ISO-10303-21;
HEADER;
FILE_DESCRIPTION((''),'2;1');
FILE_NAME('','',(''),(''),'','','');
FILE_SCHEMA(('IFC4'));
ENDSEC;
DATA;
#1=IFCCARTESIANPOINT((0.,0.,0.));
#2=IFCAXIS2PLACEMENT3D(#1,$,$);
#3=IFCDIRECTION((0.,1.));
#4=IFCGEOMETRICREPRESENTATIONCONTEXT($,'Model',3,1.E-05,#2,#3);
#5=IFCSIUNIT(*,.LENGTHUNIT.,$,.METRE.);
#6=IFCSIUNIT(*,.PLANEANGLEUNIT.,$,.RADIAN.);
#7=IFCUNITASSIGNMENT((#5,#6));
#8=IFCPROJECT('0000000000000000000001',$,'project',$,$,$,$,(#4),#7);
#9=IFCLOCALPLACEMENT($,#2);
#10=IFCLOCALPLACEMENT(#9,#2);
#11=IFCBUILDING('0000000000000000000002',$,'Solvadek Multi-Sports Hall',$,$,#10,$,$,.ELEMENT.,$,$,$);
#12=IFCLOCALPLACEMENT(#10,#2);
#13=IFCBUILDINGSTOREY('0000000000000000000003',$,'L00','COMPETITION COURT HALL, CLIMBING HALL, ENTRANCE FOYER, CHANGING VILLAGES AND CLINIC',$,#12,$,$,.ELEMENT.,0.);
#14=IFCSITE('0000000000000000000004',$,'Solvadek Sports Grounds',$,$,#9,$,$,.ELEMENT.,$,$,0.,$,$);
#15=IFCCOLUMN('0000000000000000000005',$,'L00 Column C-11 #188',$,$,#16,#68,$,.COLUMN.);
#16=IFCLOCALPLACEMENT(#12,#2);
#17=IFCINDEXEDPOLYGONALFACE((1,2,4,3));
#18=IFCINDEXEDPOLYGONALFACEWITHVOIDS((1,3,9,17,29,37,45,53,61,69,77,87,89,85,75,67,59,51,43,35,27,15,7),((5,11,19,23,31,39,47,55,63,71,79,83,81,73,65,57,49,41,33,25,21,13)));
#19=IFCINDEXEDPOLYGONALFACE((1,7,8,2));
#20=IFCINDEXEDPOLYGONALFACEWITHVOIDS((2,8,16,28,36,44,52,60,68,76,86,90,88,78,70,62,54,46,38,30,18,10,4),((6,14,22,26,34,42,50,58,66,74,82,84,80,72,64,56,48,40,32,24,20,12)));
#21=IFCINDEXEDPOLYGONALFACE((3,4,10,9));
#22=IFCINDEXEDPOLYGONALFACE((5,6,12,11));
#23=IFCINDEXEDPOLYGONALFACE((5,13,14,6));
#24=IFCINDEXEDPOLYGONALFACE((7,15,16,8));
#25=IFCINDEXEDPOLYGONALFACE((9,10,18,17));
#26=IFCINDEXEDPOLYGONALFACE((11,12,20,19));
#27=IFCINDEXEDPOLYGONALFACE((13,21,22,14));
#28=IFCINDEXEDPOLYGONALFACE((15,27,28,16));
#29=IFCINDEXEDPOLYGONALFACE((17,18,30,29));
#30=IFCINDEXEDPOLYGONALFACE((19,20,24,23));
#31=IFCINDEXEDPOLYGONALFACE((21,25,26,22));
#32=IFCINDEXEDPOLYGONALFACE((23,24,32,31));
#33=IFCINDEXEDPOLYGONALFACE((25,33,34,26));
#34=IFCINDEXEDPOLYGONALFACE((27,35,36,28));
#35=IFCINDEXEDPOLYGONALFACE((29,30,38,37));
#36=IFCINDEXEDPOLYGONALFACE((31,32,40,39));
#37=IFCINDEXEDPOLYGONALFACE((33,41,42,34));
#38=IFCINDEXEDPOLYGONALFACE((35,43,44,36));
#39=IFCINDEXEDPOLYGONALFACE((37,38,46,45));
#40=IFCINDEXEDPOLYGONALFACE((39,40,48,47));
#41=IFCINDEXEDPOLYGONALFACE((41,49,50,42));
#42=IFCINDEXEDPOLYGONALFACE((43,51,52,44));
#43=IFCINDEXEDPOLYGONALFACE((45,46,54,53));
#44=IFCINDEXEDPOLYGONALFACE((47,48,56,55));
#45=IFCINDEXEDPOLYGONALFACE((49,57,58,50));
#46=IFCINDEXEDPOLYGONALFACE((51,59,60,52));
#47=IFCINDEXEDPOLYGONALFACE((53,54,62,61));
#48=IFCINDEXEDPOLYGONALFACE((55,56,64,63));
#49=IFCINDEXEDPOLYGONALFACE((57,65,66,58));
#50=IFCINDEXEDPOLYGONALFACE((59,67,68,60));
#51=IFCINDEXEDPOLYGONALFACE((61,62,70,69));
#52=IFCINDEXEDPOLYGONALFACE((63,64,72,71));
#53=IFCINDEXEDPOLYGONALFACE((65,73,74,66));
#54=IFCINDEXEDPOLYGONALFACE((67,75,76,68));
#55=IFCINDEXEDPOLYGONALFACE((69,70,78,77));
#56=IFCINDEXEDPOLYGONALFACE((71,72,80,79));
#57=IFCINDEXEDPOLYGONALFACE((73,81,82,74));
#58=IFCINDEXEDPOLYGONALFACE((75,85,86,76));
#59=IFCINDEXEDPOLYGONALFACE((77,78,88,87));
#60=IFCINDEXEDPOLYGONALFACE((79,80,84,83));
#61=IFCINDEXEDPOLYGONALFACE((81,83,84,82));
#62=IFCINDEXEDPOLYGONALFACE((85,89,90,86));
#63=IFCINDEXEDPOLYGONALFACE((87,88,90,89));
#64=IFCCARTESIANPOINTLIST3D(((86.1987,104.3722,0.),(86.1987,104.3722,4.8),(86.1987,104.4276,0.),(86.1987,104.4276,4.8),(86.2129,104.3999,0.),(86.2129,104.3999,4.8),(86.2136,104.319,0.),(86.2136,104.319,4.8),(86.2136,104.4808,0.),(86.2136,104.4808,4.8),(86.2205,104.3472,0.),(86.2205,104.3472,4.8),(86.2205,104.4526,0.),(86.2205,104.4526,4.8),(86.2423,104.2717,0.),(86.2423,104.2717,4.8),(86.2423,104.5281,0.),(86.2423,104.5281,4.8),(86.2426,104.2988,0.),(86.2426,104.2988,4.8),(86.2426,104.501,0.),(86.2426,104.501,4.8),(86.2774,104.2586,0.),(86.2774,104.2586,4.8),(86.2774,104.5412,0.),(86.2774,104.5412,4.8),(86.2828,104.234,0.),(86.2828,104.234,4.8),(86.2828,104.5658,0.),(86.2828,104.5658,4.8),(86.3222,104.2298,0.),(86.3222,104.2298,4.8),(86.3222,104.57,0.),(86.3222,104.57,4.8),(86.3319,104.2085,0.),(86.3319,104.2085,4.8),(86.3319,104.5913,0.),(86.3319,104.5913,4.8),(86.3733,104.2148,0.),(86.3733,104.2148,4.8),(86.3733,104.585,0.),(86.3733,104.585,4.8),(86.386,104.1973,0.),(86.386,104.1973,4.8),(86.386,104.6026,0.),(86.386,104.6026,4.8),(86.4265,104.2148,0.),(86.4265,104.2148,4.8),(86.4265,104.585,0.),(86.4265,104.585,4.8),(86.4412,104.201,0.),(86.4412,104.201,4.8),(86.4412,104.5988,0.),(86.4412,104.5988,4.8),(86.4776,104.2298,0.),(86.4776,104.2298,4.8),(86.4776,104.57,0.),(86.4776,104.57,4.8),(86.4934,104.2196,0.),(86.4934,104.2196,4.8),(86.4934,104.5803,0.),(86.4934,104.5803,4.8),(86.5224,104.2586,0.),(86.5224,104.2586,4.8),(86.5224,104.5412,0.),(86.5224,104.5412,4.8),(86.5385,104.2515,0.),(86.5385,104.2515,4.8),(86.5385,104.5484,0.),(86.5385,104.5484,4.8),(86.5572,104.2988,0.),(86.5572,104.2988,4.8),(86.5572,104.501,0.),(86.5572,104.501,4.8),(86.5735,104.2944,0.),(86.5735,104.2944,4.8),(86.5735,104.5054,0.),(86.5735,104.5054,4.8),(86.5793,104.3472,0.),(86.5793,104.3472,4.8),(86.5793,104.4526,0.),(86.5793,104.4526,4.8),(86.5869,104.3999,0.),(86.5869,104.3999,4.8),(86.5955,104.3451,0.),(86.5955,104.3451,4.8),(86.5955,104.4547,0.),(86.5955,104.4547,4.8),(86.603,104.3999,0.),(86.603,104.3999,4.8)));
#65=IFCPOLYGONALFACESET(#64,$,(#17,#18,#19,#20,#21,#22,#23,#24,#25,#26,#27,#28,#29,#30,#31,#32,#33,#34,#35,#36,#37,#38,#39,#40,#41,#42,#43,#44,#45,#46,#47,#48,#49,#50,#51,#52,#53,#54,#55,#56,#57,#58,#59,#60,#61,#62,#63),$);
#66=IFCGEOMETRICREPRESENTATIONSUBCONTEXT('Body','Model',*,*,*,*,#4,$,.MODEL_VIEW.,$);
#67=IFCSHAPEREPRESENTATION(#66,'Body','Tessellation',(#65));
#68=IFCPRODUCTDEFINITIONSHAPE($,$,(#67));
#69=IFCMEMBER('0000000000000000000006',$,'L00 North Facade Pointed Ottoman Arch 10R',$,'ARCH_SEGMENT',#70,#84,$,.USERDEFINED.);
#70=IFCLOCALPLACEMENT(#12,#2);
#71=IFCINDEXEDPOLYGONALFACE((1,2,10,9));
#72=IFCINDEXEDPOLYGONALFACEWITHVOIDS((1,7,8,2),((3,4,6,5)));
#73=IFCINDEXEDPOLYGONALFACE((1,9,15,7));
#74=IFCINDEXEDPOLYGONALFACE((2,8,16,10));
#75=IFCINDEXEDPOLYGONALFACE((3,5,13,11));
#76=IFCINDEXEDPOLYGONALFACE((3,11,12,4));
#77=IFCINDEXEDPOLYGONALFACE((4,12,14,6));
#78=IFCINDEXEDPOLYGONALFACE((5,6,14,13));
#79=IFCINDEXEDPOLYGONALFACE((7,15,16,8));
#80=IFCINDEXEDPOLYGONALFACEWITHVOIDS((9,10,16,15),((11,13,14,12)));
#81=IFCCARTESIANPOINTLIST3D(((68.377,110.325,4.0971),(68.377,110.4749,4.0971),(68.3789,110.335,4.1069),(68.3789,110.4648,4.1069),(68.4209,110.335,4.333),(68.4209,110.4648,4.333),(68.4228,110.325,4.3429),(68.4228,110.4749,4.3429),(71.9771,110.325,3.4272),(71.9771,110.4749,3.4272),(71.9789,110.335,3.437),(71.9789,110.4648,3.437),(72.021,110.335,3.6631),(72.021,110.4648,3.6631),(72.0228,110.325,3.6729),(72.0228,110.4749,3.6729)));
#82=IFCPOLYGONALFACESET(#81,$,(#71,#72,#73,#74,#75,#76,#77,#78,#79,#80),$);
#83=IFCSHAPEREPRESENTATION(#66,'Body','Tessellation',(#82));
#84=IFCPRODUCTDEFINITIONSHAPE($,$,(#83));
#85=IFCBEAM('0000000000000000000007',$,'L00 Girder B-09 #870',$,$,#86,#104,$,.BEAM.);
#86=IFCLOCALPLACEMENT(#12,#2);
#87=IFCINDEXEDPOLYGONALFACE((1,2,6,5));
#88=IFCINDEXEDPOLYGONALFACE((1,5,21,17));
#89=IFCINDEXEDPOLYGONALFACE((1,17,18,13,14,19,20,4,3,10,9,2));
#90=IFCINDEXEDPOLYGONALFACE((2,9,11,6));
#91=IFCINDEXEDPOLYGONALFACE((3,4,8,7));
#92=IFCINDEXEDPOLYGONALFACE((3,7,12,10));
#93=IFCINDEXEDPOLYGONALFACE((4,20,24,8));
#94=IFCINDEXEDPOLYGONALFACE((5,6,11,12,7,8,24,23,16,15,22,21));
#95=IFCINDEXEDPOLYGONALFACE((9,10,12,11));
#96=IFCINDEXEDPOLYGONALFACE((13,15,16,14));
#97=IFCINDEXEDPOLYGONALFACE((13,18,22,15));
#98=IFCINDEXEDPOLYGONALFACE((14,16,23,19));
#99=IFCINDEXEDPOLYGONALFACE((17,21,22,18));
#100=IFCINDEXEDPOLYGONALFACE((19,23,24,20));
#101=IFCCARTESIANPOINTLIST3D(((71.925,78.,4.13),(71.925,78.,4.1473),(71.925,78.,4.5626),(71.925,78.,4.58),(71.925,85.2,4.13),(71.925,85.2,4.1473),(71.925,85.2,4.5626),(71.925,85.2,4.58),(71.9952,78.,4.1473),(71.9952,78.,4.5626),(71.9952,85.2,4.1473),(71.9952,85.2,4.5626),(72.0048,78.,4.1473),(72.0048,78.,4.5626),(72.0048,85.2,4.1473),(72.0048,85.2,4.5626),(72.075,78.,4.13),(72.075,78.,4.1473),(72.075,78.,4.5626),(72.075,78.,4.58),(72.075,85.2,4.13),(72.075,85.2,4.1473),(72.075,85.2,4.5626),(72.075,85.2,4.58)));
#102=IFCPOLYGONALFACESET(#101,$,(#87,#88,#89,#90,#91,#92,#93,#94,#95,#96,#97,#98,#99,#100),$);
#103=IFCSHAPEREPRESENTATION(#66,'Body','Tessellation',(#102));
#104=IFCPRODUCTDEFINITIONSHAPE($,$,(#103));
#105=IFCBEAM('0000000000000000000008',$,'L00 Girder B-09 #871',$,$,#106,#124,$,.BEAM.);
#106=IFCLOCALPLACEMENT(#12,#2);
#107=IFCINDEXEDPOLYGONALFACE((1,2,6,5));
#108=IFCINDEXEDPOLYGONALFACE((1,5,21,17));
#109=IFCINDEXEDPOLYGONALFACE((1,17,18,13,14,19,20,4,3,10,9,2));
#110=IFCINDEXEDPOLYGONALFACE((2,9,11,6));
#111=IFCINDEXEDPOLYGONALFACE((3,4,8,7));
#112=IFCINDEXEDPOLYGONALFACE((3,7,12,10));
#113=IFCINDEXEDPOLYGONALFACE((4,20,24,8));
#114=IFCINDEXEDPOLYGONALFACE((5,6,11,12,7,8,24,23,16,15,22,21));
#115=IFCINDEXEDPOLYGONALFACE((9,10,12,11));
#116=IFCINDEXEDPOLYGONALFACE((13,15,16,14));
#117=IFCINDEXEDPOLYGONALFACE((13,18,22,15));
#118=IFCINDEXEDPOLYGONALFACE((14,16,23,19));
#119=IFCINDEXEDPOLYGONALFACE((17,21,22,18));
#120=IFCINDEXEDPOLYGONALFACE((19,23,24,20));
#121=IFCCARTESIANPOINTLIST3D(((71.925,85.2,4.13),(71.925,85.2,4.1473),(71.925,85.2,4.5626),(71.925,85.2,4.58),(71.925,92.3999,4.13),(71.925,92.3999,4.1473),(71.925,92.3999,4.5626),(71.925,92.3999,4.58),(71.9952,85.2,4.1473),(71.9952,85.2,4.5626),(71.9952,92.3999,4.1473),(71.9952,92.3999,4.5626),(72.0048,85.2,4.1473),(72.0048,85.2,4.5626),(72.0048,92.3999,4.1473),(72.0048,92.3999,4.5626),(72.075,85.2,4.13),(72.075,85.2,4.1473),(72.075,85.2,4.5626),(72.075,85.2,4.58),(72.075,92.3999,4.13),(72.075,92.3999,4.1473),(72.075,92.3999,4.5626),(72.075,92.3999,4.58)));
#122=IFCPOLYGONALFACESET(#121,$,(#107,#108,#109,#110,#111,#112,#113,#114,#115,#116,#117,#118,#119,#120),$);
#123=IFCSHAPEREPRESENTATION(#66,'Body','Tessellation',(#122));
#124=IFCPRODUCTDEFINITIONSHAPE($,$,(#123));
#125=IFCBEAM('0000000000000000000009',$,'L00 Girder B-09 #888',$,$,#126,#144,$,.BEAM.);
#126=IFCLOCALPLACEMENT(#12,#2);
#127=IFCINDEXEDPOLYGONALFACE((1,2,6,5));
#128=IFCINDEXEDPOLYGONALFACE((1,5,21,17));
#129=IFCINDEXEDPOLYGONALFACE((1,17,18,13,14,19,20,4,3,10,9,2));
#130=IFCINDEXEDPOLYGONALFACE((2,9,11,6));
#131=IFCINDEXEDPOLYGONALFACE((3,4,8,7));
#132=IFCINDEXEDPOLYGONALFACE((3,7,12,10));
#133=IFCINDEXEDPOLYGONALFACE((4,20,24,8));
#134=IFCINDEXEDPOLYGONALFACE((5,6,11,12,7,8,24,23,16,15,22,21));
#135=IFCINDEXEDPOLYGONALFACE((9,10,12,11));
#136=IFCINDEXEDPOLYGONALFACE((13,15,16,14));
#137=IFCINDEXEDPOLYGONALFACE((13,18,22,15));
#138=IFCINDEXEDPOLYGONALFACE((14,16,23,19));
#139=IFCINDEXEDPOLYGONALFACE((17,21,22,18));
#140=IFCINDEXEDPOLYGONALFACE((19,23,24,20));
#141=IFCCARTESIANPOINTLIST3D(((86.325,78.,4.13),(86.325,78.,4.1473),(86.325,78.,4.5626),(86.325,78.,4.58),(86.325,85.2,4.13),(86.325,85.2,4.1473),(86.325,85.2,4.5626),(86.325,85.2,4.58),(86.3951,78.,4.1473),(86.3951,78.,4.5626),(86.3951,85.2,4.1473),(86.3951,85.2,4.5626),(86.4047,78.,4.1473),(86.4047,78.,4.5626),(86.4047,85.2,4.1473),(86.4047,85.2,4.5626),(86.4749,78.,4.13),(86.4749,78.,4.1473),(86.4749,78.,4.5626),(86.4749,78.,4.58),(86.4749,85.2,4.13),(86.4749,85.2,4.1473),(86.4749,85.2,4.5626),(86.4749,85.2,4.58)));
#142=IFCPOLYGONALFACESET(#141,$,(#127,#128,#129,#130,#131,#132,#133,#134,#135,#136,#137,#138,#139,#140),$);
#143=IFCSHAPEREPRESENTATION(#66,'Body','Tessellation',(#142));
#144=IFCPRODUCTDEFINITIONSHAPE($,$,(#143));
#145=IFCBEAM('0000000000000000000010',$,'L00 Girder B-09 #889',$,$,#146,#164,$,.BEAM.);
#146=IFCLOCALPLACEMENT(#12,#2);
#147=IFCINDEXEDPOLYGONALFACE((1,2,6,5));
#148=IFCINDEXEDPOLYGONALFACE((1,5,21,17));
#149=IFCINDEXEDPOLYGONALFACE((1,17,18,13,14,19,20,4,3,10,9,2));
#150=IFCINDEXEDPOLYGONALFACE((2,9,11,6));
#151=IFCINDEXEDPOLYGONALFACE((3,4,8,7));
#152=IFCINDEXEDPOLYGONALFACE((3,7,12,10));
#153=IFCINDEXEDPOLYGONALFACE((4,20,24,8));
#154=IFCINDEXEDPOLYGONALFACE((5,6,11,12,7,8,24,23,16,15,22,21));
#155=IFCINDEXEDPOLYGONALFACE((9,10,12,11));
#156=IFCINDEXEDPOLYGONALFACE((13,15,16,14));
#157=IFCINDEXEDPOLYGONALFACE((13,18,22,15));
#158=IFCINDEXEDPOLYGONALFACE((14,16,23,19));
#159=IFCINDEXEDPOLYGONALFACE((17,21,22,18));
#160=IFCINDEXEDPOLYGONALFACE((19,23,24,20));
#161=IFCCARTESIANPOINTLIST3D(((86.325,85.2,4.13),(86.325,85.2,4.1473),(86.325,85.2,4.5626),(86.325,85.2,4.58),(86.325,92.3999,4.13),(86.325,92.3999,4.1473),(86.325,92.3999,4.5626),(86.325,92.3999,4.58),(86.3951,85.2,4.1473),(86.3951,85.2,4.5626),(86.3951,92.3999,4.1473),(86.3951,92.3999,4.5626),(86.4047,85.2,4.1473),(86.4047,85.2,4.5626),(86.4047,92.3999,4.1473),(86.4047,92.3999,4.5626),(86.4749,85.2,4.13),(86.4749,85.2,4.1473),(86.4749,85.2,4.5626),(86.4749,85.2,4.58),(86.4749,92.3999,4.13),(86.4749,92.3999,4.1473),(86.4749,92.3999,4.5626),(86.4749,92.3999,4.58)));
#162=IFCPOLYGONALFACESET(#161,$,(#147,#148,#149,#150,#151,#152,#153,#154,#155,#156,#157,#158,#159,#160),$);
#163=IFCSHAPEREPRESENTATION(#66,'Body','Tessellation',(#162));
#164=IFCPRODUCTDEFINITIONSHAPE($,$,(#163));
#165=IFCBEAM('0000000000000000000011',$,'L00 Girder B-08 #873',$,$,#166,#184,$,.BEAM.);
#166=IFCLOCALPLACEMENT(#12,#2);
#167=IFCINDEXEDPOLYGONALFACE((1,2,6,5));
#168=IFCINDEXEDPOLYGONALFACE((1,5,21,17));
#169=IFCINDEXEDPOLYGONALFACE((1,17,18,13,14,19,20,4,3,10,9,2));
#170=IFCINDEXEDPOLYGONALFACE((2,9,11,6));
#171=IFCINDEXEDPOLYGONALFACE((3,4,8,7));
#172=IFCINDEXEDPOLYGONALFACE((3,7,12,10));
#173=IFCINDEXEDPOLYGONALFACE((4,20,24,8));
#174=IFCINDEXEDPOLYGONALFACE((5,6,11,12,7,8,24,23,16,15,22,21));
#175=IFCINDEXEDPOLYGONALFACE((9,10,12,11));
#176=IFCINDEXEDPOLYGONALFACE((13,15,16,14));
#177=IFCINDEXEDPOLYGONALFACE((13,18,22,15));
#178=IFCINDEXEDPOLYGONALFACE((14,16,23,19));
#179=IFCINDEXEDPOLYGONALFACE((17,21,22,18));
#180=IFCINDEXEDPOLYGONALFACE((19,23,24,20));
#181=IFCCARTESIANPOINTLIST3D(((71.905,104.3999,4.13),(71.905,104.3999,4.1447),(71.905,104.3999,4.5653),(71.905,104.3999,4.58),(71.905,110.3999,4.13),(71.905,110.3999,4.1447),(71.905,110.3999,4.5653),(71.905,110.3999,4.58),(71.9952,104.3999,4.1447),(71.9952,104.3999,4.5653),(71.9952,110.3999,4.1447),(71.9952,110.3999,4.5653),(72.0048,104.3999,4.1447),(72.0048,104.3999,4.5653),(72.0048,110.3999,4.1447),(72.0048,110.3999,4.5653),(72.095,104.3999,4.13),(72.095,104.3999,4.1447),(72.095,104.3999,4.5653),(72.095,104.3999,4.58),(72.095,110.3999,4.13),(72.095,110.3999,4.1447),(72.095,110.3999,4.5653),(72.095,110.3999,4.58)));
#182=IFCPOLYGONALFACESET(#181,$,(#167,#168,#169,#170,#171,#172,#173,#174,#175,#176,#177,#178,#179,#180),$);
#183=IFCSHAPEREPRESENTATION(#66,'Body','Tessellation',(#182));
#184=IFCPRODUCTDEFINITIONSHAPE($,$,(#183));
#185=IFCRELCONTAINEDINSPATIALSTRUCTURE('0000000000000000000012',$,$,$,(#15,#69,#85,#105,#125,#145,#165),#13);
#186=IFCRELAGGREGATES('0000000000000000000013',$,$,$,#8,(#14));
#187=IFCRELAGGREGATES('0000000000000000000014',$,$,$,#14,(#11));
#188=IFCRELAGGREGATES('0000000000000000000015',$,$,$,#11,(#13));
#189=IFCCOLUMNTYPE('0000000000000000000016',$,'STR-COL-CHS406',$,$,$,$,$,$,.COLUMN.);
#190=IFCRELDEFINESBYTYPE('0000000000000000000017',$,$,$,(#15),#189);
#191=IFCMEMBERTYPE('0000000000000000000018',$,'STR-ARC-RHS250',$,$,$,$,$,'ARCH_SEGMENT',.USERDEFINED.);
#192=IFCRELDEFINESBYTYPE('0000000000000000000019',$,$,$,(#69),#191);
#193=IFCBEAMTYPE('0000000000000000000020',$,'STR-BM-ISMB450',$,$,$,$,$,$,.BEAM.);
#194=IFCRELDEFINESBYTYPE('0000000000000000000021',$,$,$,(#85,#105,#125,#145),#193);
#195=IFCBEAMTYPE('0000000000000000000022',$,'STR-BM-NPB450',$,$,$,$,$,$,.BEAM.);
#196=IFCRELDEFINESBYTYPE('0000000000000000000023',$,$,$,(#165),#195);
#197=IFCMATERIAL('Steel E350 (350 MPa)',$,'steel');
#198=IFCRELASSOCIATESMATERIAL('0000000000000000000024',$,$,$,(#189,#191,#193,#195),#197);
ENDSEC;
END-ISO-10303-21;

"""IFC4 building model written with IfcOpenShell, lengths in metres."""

from ifc_helpers import new_model, si_unit, direction, frame, origin, origin_2d, place, context, subcontext, project, spatial, hollow_rectangle, hollow_circle, i_section, extrude, material, material_profile, profile_set, type_object, element, save


model = new_model("IFC4")

# Units and contexts
model_context = context("Model", 3, precision=1e-05, world=origin(), true_north=direction((0.0, 1.0)))
body_context = subcontext(model_context, "Body", "Model", "MODEL_VIEW")
ifc_project = project(units=[si_unit("LENGTHUNIT", "METRE"), si_unit("PLANEANGLEUNIT", "RADIAN")], contexts=[model_context])

# Site, building, storey
site_placement = place(None, origin())
site = spatial("IfcSite", under=ifc_project, at=site_placement, Name="Solvadek Sports Grounds", CompositionType="ELEMENT", RefElevation=0.0)
building_placement = place(site_placement, origin())
building = spatial("IfcBuilding", under=site, at=building_placement, Name="Solvadek Multi-Sports Hall", CompositionType="ELEMENT")
storey_placement = place(building_placement, origin())
storey = spatial("IfcBuildingStorey", under=building, at=storey_placement, Name="L00", Description="COMPETITION COURT HALL, CLIMBING HALL, ENTRANCE FOYER, CHANGING VILLAGES AND CLINIC", CompositionType="ELEMENT", Elevation=0.0)

# Column
ifc_material_1 = material(Name="Steel E350 (350 MPa)", Category="steel")
ifc_material_profile_1 = material_profile(ifc_material_1, hollow_circle(Radius=0.2031, WallThickness=0.0161, at=origin_2d()), Name="CHS 406.4x16")
ifc_profile_set_1 = profile_set([ifc_material_profile_1], Name="Steel E350 (350 MPa)")
column_type = type_object("IfcColumnType", Name="STR-COL-CHS406", PredefinedType="COLUMN", material=ifc_profile_set_1)
for number, where, z_axis, x_axis, name in (
    (1, (86.3999, 104.3999, 0.0), (0.0, 0.0, 1.0), (1.0, 0.0, 0.0), "L00 Column C-11 #188"),
):
    element("IfcColumn", number, at=place(storey_placement, frame(where, z_axis=z_axis, x_axis=x_axis)), inside=storey, type_object=column_type, Name=name, PredefinedType="COLUMN", context=body_context, shape_type="SweptSolid", body=[
        extrude(hollow_circle(Radius=0.2031, WallThickness=0.0161, at=origin_2d()), origin(), (0.0, 0.0, 1.0), 4.8),
    ])

# Member
ifc_material_profile_2 = material_profile(ifc_material_1, hollow_rectangle(XDim=0.1499, YDim=0.25, WallThickness=0.01, at=origin_2d()), Name="RHS 250x150x10")
ifc_profile_set_2 = profile_set([ifc_material_profile_2], Name="Steel E350 (350 MPa)")
member_type = type_object("IfcMemberType", Name="STR-ARC-RHS250", ElementType="ARCH_SEGMENT", PredefinedType="USERDEFINED", material=ifc_profile_set_2)
member_placement = place(storey_placement, frame((68.3999, 110.3999, 4.22), z_axis=(0.983123, 0.0, -0.182944), x_axis=(0.0, 1.0, 0.0)))
element("IfcMember", 2, at=member_placement, inside=storey, type_object=member_type, Name="L00 North Facade Pointed Ottoman Arch 10R", ObjectType="ARCH_SEGMENT", PredefinedType="USERDEFINED", context=body_context, shape_type="SweptSolid", body=[
    extrude(hollow_rectangle(XDim=0.1499, YDim=0.25, WallThickness=0.01, at=origin_2d()), origin(), (0.0, 0.0, 1.0), 3.6619),
])

# Beams
ifc_material_profile_3 = material_profile(ifc_material_1, i_section(OverallWidth=0.1499, OverallDepth=0.45, WebThickness=0.0095, FlangeThickness=0.0173, at=origin_2d()), Name="ISMB 450")
ifc_profile_set_3 = profile_set([ifc_material_profile_3], Name="Steel E350 (350 MPa)")
beam_type_1 = type_object("IfcBeamType", Name="STR-BM-ISMB450", PredefinedType="BEAM", material=ifc_profile_set_3)
for number, where, z_axis, x_axis, name in (
    (3, (72.0, 78.0, 4.355), (0.0, 1.0, 0.0), (-1.0, 0.0, 0.0), "L00 Girder B-09 #870"),
    (4, (72.0, 85.2, 4.355), (0.0, 1.0, 0.0), (-1.0, 0.0, 0.0), "L00 Girder B-09 #871"),
    (5, (86.3999, 78.0, 4.355), (0.0, 1.0, 0.0), (-1.0, 0.0, 0.0), "L00 Girder B-09 #888"),
    (6, (86.3999, 85.2, 4.355), (0.0, 1.0, 0.0), (-1.0, 0.0, 0.0), "L00 Girder B-09 #889"),
):
    element("IfcBeam", number, at=place(storey_placement, frame(where, z_axis=z_axis, x_axis=x_axis)), inside=storey, type_object=beam_type_1, Name=name, PredefinedType="BEAM", context=body_context, shape_type="SweptSolid", body=[
        extrude(i_section(OverallWidth=0.1499, OverallDepth=0.45, WebThickness=0.0095, FlangeThickness=0.0173, at=origin_2d()), origin(), (0.0, 0.0, 1.0), 7.2),
    ])
ifc_material_profile_4 = material_profile(ifc_material_1, i_section(OverallWidth=0.1899, OverallDepth=0.45, WebThickness=0.0095, FlangeThickness=0.0146, at=origin_2d()), Name="NPB 450")
ifc_profile_set_4 = profile_set([ifc_material_profile_4], Name="Steel E350 (350 MPa)")
beam_type_2 = type_object("IfcBeamType", Name="STR-BM-NPB450", PredefinedType="BEAM", material=ifc_profile_set_4)
for number, where, z_axis, x_axis, name in (
    (7, (72.0, 104.3999, 4.355), (0.0, 1.0, 0.0), (-1.0, 0.0, 0.0), "L00 Girder B-08 #873"),
):
    element("IfcBeam", number, at=place(storey_placement, frame(where, z_axis=z_axis, x_axis=x_axis)), inside=storey, type_object=beam_type_2, Name=name, PredefinedType="BEAM", context=body_context, shape_type="SweptSolid", body=[
        extrude(i_section(OverallWidth=0.1899, OverallDepth=0.45, WebThickness=0.0095, FlangeThickness=0.0146, at=origin_2d()), origin(), (0.0, 0.0, 1.0), 6.0),
    ])

save(model, "model.ifc")
